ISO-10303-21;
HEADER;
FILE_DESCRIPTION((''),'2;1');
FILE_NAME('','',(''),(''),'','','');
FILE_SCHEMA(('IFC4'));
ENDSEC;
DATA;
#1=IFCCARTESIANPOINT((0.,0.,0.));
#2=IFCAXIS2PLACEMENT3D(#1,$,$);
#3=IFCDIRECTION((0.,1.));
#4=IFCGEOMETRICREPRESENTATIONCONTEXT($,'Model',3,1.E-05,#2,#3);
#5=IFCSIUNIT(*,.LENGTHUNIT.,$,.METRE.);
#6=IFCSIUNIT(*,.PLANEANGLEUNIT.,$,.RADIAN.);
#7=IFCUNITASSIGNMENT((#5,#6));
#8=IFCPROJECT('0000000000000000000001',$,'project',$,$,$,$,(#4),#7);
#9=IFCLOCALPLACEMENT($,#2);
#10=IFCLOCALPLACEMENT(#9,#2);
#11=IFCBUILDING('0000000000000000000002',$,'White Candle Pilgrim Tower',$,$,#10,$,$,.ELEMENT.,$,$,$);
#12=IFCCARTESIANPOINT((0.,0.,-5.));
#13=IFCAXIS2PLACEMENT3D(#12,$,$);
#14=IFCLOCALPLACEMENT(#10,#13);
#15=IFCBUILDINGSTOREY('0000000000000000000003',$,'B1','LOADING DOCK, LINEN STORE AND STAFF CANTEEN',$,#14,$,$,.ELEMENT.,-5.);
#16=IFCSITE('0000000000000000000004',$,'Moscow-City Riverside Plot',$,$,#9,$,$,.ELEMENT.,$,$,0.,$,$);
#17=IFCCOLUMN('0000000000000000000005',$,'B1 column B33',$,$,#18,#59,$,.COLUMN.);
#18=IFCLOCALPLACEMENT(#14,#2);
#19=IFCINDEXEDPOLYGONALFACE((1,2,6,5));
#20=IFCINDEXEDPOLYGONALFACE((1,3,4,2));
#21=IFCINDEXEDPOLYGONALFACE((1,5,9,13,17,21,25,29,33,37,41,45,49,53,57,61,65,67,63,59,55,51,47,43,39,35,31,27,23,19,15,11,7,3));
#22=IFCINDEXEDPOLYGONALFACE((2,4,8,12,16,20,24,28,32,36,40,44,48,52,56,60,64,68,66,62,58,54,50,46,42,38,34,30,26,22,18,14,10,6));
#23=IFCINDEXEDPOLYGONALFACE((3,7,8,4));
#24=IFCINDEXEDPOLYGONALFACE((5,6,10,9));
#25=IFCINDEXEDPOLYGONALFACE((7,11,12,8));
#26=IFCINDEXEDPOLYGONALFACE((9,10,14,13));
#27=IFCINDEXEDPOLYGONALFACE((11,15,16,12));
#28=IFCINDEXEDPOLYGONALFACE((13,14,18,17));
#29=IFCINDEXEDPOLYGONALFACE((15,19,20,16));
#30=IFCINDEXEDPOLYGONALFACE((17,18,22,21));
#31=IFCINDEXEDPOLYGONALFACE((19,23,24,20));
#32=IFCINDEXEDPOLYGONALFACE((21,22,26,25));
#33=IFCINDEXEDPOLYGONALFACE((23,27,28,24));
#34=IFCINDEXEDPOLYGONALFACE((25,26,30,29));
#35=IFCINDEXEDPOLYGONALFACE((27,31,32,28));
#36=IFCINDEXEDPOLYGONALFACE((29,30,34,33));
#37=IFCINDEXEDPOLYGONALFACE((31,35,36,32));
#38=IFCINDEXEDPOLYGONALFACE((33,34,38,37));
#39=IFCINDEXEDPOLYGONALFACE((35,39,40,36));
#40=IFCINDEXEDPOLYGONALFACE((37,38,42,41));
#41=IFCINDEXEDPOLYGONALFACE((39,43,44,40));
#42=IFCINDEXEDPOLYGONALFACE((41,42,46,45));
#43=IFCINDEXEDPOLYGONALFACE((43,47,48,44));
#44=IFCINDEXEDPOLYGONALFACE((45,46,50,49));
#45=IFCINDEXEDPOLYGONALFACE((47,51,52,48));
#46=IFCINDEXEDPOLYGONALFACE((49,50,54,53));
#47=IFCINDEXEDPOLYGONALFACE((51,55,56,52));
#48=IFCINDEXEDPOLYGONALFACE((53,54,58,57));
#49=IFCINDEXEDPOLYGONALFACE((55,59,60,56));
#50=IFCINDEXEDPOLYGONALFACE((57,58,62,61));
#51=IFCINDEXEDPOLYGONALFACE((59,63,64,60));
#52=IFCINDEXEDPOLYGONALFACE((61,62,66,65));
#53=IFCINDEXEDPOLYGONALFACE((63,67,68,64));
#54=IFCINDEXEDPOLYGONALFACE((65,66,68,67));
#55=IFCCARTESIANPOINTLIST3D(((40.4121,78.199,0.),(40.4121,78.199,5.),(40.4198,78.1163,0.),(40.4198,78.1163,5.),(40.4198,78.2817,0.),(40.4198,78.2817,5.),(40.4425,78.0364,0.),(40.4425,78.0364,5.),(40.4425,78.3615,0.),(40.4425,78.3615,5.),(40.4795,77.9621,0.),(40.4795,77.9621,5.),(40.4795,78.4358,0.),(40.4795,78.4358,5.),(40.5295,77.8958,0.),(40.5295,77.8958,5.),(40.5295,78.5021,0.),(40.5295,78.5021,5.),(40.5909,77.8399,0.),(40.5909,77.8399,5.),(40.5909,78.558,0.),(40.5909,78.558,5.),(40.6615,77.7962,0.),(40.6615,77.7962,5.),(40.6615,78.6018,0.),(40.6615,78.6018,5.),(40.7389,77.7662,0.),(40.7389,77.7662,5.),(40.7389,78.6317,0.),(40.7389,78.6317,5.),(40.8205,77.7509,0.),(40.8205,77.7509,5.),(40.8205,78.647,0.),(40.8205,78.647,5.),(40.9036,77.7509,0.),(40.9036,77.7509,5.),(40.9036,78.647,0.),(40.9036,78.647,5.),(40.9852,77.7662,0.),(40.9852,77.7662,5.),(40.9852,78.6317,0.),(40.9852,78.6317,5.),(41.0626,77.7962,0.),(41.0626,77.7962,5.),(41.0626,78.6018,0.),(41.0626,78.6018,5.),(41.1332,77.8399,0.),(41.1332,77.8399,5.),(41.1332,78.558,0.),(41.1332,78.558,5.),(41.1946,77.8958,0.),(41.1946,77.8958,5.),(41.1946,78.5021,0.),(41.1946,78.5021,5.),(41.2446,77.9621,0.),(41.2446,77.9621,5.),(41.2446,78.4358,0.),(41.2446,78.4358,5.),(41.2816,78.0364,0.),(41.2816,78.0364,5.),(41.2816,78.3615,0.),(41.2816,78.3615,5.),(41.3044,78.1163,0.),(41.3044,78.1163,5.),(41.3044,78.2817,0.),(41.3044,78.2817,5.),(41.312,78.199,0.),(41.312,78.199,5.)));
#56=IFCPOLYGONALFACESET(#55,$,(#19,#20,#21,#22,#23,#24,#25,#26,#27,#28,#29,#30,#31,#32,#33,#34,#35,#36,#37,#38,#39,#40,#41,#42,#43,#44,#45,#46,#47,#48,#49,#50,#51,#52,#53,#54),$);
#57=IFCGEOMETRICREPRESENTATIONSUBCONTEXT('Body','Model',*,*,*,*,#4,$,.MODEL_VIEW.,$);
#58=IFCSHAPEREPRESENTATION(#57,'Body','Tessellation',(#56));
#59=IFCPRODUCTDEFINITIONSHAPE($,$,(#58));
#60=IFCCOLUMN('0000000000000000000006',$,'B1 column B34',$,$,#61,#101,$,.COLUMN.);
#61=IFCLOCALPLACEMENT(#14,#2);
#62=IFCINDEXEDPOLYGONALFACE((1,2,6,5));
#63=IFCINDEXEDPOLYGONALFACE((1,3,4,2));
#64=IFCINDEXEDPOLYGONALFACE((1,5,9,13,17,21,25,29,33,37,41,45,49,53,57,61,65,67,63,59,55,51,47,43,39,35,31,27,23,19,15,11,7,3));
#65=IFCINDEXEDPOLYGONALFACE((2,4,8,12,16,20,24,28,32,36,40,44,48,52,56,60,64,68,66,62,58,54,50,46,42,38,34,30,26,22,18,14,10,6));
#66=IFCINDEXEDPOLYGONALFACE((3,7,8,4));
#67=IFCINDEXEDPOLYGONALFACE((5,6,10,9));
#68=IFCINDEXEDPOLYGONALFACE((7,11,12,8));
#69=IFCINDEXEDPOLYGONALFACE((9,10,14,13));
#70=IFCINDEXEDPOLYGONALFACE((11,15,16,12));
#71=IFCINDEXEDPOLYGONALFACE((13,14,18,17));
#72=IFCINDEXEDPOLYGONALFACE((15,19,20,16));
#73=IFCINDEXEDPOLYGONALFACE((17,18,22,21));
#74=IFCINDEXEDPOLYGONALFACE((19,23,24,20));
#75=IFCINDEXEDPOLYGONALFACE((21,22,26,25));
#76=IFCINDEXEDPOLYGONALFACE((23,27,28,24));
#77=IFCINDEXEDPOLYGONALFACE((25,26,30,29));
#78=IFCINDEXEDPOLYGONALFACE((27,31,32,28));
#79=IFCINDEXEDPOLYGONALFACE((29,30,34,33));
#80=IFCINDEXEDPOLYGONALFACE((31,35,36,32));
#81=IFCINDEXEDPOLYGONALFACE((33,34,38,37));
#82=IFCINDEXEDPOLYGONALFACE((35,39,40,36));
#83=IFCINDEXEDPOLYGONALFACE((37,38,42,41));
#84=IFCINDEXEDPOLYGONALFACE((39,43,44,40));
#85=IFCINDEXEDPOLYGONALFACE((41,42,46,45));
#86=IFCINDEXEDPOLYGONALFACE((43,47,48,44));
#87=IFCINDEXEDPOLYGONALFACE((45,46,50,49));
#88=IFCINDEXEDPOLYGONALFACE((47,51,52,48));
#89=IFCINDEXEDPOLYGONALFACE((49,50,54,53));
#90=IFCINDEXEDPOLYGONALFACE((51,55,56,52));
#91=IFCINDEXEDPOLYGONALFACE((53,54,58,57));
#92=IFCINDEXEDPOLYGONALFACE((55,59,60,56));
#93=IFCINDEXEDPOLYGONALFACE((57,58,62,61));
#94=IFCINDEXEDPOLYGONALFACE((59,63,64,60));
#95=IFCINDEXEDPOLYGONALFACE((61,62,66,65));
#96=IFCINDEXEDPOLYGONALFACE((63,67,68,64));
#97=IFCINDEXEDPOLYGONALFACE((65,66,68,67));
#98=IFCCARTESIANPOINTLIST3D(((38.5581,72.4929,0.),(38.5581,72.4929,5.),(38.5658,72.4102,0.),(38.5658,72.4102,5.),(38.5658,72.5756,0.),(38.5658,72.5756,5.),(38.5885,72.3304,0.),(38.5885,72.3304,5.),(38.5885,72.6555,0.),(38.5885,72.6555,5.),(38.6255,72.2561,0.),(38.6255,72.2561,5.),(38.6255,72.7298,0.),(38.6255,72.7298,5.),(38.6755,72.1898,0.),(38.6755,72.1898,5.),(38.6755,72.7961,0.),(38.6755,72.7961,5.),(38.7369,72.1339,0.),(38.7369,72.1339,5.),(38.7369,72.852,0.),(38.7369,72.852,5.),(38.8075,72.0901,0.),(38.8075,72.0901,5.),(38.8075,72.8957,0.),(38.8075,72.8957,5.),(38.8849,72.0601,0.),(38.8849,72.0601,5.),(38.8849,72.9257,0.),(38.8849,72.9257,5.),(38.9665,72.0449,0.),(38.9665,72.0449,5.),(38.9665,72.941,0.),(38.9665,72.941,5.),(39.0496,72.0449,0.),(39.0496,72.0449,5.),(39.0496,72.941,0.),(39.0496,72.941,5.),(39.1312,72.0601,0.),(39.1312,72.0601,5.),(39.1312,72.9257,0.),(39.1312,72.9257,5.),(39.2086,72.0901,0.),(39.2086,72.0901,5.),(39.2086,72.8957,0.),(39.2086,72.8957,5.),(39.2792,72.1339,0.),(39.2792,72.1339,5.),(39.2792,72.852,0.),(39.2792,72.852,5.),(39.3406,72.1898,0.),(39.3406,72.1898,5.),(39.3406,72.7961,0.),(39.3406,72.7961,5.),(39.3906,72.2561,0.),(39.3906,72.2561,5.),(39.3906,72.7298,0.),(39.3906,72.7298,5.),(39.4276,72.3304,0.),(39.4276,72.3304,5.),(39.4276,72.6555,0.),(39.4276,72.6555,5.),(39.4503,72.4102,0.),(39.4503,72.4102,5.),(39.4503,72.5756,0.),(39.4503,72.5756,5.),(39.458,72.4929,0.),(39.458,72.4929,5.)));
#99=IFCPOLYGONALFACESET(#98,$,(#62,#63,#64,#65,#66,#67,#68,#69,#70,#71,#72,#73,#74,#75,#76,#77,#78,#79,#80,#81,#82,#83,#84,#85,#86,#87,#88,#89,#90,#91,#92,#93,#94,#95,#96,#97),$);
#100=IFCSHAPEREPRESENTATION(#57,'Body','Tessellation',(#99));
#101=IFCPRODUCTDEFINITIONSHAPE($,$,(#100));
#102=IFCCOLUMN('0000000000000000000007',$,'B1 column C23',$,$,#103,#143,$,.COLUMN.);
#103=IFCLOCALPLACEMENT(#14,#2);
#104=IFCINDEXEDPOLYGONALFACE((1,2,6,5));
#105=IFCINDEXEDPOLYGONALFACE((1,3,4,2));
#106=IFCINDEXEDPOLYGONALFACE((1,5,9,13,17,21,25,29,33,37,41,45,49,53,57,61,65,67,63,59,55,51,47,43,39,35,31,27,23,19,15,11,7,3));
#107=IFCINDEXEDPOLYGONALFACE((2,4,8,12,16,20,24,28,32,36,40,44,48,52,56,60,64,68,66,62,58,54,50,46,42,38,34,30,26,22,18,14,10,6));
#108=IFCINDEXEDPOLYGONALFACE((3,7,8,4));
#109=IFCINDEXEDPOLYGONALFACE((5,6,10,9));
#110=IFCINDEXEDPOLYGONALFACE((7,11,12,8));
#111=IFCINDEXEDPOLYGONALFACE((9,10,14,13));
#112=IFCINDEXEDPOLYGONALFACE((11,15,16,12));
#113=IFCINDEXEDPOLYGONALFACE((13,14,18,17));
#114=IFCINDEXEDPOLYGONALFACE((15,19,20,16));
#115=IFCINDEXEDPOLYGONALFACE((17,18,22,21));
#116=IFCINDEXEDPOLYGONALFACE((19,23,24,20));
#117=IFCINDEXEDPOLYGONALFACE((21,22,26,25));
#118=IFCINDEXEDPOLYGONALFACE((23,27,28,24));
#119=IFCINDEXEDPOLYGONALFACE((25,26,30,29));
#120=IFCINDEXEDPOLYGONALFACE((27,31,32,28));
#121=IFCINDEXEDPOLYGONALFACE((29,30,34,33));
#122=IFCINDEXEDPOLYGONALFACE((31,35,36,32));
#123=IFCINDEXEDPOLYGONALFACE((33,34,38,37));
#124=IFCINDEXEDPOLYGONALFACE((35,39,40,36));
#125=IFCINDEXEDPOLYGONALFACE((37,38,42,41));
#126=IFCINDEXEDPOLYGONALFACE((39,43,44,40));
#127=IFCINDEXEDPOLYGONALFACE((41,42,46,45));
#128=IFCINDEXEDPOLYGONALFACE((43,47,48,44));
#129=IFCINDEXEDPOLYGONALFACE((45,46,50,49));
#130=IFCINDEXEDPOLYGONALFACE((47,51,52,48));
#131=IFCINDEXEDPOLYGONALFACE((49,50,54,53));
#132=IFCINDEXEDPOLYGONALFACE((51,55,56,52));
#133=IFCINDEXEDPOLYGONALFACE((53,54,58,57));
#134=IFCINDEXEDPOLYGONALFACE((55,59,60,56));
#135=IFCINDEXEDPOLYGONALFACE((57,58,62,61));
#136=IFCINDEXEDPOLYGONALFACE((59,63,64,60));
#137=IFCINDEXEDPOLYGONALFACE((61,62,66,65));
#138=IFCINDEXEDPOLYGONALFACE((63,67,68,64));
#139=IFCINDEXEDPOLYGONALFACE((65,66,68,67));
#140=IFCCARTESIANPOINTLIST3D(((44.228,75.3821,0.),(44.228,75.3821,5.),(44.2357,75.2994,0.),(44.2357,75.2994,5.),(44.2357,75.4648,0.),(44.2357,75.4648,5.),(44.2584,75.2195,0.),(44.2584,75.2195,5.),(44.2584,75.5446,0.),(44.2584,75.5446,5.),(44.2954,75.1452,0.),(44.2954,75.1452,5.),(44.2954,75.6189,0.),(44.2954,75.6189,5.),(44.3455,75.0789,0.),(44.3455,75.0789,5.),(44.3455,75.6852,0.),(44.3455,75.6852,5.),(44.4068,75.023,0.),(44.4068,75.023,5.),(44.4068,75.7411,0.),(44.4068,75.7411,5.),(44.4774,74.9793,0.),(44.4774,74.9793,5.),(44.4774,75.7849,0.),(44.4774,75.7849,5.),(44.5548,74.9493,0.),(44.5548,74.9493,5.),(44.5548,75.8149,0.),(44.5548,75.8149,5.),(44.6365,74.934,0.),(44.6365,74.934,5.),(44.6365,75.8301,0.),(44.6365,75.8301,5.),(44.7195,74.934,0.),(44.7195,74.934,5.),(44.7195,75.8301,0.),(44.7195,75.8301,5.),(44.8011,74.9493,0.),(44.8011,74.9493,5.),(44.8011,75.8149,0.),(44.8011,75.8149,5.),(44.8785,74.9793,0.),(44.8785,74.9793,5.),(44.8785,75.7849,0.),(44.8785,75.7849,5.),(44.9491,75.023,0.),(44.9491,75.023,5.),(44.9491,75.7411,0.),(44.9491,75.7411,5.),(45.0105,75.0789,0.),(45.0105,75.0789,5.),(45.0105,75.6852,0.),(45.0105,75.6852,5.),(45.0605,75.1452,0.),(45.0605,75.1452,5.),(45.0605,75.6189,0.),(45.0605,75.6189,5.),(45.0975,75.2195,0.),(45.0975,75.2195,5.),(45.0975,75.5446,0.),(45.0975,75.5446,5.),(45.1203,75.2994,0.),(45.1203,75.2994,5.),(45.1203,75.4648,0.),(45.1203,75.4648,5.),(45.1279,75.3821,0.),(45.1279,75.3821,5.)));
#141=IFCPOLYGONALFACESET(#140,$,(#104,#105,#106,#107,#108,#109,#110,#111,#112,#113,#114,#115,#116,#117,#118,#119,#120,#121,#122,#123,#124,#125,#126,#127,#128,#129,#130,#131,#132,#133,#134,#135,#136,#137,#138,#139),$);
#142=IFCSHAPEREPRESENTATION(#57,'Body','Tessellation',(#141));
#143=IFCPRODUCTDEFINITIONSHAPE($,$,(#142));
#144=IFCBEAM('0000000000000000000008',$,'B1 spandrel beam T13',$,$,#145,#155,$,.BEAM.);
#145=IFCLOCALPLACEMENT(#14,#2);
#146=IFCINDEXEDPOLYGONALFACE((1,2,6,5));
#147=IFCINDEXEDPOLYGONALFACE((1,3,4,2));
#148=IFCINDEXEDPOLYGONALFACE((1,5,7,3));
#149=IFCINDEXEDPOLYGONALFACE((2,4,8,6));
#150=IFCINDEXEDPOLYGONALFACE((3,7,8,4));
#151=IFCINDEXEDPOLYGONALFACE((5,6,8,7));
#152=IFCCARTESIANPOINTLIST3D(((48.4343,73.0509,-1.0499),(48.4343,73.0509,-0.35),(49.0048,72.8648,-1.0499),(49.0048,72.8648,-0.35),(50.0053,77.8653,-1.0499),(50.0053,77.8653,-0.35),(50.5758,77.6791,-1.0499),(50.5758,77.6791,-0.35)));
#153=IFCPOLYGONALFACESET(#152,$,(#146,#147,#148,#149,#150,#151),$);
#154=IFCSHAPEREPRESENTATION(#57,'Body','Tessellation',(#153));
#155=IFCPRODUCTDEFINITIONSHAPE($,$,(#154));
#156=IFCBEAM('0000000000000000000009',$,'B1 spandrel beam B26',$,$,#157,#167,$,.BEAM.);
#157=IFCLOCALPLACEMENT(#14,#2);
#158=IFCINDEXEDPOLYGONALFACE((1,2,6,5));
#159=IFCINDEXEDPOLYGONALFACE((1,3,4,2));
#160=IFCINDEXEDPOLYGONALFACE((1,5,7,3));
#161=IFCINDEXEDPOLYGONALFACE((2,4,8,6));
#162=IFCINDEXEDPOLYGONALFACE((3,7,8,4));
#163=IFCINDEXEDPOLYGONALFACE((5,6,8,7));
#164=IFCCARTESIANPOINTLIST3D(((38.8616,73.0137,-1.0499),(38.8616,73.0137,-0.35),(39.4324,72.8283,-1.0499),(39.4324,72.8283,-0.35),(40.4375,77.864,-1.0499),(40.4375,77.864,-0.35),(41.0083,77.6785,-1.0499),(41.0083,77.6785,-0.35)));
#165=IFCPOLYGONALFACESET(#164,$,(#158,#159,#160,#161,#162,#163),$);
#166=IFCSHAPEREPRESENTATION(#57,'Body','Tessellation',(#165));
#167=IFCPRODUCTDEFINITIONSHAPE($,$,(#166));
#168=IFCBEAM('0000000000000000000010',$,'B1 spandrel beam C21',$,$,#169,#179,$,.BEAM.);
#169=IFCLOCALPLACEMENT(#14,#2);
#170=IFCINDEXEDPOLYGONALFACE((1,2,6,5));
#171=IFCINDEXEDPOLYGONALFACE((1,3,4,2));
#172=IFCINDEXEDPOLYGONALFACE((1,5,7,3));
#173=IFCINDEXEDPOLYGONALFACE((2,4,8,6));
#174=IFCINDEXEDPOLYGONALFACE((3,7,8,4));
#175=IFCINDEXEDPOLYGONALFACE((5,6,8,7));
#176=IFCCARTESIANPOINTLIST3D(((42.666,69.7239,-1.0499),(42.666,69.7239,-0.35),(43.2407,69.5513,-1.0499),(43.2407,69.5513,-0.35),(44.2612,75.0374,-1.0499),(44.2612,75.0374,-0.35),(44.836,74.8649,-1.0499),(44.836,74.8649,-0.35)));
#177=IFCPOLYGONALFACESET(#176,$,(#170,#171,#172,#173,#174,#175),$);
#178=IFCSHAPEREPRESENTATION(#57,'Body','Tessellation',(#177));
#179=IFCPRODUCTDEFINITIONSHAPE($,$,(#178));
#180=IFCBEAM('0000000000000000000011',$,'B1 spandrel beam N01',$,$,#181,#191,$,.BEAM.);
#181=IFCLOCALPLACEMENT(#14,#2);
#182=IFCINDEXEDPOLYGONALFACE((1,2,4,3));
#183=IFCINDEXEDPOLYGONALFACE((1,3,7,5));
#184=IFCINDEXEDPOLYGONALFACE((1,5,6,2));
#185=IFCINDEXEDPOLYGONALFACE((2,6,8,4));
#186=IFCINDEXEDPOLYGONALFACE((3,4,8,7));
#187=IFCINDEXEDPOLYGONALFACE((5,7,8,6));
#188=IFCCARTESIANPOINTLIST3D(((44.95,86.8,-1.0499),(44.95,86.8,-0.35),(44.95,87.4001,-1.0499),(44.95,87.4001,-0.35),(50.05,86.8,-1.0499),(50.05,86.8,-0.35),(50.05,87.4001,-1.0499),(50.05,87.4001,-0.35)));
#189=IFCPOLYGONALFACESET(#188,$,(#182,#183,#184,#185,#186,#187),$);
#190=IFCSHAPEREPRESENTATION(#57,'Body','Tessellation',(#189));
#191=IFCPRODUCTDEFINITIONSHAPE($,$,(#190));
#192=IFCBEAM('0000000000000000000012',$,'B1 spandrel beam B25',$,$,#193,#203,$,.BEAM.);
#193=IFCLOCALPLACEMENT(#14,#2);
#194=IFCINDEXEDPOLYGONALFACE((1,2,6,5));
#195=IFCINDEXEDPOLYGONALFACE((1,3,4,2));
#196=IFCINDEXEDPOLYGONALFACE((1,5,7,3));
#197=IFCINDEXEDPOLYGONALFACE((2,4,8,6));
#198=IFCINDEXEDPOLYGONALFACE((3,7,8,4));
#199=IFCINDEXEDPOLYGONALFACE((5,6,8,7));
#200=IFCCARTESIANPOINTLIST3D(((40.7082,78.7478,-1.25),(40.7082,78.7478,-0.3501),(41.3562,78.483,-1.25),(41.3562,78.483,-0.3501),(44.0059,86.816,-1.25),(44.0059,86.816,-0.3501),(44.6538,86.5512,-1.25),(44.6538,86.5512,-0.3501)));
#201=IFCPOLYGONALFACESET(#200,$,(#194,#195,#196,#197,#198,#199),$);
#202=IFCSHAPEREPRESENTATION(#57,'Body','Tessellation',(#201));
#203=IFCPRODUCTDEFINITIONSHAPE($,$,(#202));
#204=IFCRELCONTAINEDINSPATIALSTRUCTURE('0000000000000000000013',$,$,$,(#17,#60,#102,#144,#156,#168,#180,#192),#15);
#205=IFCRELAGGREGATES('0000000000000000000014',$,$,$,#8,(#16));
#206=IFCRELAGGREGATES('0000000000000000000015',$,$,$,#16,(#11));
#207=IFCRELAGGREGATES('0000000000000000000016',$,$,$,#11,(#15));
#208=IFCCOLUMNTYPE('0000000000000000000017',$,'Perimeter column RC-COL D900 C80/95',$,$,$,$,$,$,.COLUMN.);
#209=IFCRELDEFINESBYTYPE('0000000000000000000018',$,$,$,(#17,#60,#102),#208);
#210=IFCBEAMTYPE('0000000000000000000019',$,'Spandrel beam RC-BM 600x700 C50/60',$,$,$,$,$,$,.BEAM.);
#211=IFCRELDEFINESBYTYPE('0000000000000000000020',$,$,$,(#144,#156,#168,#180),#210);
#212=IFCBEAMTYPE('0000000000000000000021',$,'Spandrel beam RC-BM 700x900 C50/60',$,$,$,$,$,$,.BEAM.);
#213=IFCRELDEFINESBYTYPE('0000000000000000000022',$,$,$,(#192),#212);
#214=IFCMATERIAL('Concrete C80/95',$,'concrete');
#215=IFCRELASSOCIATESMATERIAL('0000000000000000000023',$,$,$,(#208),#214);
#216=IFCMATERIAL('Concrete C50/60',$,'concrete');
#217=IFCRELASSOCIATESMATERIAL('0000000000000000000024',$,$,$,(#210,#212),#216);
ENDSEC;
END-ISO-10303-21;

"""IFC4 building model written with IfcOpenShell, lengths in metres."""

from ifc_helpers import new_model, si_unit, direction, frame, origin, origin_2d, place, context, subcontext, project, spatial, rectangle, circle, extrude, material, material_profile, profile_set, type_object, element, save


model = new_model("IFC4")

# Units and contexts
model_context = context("Model", 3, precision=1e-05, world=origin(), true_north=direction((0.0, 1.0)))
body_context = subcontext(model_context, "Body", "Model", "MODEL_VIEW")
ifc_project = project(units=[si_unit("LENGTHUNIT", "METRE"), si_unit("PLANEANGLEUNIT", "RADIAN")], contexts=[model_context])

# Site, building, storey
site_placement = place(None, origin())
site = spatial("IfcSite", under=ifc_project, at=site_placement, Name="Moscow-City Riverside Plot", CompositionType="ELEMENT", RefElevation=0.0)
building_placement = place(site_placement, origin())
building = spatial("IfcBuilding", under=site, at=building_placement, Name="White Candle Pilgrim Tower", CompositionType="ELEMENT")
storey_placement = place(building_placement, frame((0.0, 0.0, -5.0)))
storey = spatial("IfcBuildingStorey", under=building, at=storey_placement, Name="B1", Description="LOADING DOCK, LINEN STORE AND STAFF CANTEEN", CompositionType="ELEMENT", Elevation=-5.0)

# Columns
ifc_material_1 = material(Name="Concrete C80/95", Category="concrete")
ifc_material_profile_1 = material_profile(ifc_material_1, circle(Radius=0.45, at=origin_2d()), Name="RC-COL D900")
ifc_profile_set_1 = profile_set([ifc_material_profile_1], Name="Concrete C80/95")
column_type = type_object("IfcColumnType", Name="Perimeter column RC-COL D900 C80/95", PredefinedType="COLUMN", material=ifc_profile_set_1)
for number, where, z_axis, x_axis, name in (
    (1, (40.8621, 78.199, 0.0), (0.0, 0.0, 1.0), (1.0, 0.0, 0.0), "B1 column B33"),
    (2, (39.0081, 72.4929, 0.0), (0.0, 0.0, 1.0), (1.0, 0.0, 0.0), "B1 column B34"),
    (3, (44.678, 75.3821, 0.0), (0.0, 0.0, 1.0), (1.0, 0.0, 0.0), "B1 column C23"),
):
    element("IfcColumn", number, at=place(storey_placement, frame(where, z_axis=z_axis, x_axis=x_axis)), inside=storey, type_object=column_type, Name=name, PredefinedType="COLUMN", context=body_context, shape_type="SweptSolid", body=[
        extrude(circle(Radius=0.45, at=origin_2d()), origin(), (0.0, 0.0, 1.0), 5.0),
    ])

# Beams
ifc_material_2 = material(Name="Concrete C50/60", Category="concrete")
ifc_material_profile_2 = material_profile(ifc_material_2, rectangle(XDim=0.6001, YDim=0.7, at=origin_2d()), Name="RC-BM 600x700")
ifc_profile_set_2 = profile_set([ifc_material_profile_2], Name="Concrete C50/60")
beam_type_1 = type_object("IfcBeamType", Name="Spandrel beam RC-BM 600x700 C50/60", PredefinedType="BEAM", material=ifc_profile_set_2)
beam_1_placement = place(storey_placement, frame((50.2905, 77.7722, -0.7), z_axis=(-0.31022, -0.950665, 0.0), x_axis=(0.950665, -0.31022, 0.0)))
element("IfcBeam", 4, at=beam_1_placement, inside=storey, type_object=beam_type_1, Name="B1 spandrel beam T13", PredefinedType="BEAM", context=body_context, shape_type="SweptSolid", body=[
    extrude(rectangle(XDim=0.6001, YDim=0.7, at=origin_2d()), origin(), (0.0, 0.0, 1.0), 5.0642),
])
beam_2_placement = place(storey_placement, frame((40.7229, 77.7712, -0.7), z_axis=(-0.309009, -0.951059, 0.0), x_axis=(0.951059, -0.309009, 0.0)))
element("IfcBeam", 5, at=beam_2_placement, inside=storey, type_object=beam_type_1, Name="B1 spandrel beam B26", PredefinedType="BEAM", context=body_context, shape_type="SweptSolid", body=[
    extrude(rectangle(XDim=0.6001, YDim=0.7, at=origin_2d()), origin(), (0.0, 0.0, 1.0), 5.0999),
])
beam_3_placement = place(storey_placement, frame((44.5486, 74.9512, -0.7), z_axis=(-0.287542, -0.957768, 0.0), x_axis=(0.957768, -0.287542, 0.0)))
element("IfcBeam", 6, at=beam_3_placement, inside=storey, type_object=beam_type_1, Name="B1 spandrel beam C21", PredefinedType="BEAM", context=body_context, shape_type="SweptSolid", body=[
    extrude(rectangle(XDim=0.6001, YDim=0.7, at=origin_2d()), origin(), (0.0, 0.0, 1.0), 5.5479),
])
beam_4_placement = place(storey_placement, frame((44.95, 87.1001, -0.7), z_axis=(1.0, 0.0, 0.0), x_axis=(0.0, 1.0, 0.0)))
element("IfcBeam", 7, at=beam_4_placement, inside=storey, type_object=beam_type_1, Name="B1 spandrel beam N01", PredefinedType="BEAM", context=body_context, shape_type="SweptSolid", body=[
    extrude(rectangle(XDim=0.6001, YDim=0.7, at=origin_2d()), origin(), (0.0, 0.0, 1.0), 5.1001),
])
ifc_material_profile_3 = material_profile(ifc_material_2, rectangle(XDim=0.7, YDim=0.8999, at=origin_2d()), Name="RC-BM 700x900")
ifc_profile_set_3 = profile_set([ifc_material_profile_3], Name="Concrete C50/60")
beam_type_2 = type_object("IfcBeamType", Name="Spandrel beam RC-BM 700x900 C50/60", PredefinedType="BEAM", material=ifc_profile_set_3)
beam_5_placement = place(storey_placement, frame((44.3298, 86.6836, -0.8), z_axis=(-0.378339, -0.925667, 0.0), x_axis=(0.925667, -0.378339, 0.0)))
element("IfcBeam", 8, at=beam_5_placement, inside=storey, type_object=beam_type_2, Name="B1 spandrel beam B25", PredefinedType="BEAM", context=body_context, shape_type="SweptSolid", body=[
    extrude(rectangle(XDim=0.7, YDim=0.8999, at=origin_2d()), origin(), (0.0, 0.0, 1.0), 8.7161),
])

save(model, "model.ifc")
